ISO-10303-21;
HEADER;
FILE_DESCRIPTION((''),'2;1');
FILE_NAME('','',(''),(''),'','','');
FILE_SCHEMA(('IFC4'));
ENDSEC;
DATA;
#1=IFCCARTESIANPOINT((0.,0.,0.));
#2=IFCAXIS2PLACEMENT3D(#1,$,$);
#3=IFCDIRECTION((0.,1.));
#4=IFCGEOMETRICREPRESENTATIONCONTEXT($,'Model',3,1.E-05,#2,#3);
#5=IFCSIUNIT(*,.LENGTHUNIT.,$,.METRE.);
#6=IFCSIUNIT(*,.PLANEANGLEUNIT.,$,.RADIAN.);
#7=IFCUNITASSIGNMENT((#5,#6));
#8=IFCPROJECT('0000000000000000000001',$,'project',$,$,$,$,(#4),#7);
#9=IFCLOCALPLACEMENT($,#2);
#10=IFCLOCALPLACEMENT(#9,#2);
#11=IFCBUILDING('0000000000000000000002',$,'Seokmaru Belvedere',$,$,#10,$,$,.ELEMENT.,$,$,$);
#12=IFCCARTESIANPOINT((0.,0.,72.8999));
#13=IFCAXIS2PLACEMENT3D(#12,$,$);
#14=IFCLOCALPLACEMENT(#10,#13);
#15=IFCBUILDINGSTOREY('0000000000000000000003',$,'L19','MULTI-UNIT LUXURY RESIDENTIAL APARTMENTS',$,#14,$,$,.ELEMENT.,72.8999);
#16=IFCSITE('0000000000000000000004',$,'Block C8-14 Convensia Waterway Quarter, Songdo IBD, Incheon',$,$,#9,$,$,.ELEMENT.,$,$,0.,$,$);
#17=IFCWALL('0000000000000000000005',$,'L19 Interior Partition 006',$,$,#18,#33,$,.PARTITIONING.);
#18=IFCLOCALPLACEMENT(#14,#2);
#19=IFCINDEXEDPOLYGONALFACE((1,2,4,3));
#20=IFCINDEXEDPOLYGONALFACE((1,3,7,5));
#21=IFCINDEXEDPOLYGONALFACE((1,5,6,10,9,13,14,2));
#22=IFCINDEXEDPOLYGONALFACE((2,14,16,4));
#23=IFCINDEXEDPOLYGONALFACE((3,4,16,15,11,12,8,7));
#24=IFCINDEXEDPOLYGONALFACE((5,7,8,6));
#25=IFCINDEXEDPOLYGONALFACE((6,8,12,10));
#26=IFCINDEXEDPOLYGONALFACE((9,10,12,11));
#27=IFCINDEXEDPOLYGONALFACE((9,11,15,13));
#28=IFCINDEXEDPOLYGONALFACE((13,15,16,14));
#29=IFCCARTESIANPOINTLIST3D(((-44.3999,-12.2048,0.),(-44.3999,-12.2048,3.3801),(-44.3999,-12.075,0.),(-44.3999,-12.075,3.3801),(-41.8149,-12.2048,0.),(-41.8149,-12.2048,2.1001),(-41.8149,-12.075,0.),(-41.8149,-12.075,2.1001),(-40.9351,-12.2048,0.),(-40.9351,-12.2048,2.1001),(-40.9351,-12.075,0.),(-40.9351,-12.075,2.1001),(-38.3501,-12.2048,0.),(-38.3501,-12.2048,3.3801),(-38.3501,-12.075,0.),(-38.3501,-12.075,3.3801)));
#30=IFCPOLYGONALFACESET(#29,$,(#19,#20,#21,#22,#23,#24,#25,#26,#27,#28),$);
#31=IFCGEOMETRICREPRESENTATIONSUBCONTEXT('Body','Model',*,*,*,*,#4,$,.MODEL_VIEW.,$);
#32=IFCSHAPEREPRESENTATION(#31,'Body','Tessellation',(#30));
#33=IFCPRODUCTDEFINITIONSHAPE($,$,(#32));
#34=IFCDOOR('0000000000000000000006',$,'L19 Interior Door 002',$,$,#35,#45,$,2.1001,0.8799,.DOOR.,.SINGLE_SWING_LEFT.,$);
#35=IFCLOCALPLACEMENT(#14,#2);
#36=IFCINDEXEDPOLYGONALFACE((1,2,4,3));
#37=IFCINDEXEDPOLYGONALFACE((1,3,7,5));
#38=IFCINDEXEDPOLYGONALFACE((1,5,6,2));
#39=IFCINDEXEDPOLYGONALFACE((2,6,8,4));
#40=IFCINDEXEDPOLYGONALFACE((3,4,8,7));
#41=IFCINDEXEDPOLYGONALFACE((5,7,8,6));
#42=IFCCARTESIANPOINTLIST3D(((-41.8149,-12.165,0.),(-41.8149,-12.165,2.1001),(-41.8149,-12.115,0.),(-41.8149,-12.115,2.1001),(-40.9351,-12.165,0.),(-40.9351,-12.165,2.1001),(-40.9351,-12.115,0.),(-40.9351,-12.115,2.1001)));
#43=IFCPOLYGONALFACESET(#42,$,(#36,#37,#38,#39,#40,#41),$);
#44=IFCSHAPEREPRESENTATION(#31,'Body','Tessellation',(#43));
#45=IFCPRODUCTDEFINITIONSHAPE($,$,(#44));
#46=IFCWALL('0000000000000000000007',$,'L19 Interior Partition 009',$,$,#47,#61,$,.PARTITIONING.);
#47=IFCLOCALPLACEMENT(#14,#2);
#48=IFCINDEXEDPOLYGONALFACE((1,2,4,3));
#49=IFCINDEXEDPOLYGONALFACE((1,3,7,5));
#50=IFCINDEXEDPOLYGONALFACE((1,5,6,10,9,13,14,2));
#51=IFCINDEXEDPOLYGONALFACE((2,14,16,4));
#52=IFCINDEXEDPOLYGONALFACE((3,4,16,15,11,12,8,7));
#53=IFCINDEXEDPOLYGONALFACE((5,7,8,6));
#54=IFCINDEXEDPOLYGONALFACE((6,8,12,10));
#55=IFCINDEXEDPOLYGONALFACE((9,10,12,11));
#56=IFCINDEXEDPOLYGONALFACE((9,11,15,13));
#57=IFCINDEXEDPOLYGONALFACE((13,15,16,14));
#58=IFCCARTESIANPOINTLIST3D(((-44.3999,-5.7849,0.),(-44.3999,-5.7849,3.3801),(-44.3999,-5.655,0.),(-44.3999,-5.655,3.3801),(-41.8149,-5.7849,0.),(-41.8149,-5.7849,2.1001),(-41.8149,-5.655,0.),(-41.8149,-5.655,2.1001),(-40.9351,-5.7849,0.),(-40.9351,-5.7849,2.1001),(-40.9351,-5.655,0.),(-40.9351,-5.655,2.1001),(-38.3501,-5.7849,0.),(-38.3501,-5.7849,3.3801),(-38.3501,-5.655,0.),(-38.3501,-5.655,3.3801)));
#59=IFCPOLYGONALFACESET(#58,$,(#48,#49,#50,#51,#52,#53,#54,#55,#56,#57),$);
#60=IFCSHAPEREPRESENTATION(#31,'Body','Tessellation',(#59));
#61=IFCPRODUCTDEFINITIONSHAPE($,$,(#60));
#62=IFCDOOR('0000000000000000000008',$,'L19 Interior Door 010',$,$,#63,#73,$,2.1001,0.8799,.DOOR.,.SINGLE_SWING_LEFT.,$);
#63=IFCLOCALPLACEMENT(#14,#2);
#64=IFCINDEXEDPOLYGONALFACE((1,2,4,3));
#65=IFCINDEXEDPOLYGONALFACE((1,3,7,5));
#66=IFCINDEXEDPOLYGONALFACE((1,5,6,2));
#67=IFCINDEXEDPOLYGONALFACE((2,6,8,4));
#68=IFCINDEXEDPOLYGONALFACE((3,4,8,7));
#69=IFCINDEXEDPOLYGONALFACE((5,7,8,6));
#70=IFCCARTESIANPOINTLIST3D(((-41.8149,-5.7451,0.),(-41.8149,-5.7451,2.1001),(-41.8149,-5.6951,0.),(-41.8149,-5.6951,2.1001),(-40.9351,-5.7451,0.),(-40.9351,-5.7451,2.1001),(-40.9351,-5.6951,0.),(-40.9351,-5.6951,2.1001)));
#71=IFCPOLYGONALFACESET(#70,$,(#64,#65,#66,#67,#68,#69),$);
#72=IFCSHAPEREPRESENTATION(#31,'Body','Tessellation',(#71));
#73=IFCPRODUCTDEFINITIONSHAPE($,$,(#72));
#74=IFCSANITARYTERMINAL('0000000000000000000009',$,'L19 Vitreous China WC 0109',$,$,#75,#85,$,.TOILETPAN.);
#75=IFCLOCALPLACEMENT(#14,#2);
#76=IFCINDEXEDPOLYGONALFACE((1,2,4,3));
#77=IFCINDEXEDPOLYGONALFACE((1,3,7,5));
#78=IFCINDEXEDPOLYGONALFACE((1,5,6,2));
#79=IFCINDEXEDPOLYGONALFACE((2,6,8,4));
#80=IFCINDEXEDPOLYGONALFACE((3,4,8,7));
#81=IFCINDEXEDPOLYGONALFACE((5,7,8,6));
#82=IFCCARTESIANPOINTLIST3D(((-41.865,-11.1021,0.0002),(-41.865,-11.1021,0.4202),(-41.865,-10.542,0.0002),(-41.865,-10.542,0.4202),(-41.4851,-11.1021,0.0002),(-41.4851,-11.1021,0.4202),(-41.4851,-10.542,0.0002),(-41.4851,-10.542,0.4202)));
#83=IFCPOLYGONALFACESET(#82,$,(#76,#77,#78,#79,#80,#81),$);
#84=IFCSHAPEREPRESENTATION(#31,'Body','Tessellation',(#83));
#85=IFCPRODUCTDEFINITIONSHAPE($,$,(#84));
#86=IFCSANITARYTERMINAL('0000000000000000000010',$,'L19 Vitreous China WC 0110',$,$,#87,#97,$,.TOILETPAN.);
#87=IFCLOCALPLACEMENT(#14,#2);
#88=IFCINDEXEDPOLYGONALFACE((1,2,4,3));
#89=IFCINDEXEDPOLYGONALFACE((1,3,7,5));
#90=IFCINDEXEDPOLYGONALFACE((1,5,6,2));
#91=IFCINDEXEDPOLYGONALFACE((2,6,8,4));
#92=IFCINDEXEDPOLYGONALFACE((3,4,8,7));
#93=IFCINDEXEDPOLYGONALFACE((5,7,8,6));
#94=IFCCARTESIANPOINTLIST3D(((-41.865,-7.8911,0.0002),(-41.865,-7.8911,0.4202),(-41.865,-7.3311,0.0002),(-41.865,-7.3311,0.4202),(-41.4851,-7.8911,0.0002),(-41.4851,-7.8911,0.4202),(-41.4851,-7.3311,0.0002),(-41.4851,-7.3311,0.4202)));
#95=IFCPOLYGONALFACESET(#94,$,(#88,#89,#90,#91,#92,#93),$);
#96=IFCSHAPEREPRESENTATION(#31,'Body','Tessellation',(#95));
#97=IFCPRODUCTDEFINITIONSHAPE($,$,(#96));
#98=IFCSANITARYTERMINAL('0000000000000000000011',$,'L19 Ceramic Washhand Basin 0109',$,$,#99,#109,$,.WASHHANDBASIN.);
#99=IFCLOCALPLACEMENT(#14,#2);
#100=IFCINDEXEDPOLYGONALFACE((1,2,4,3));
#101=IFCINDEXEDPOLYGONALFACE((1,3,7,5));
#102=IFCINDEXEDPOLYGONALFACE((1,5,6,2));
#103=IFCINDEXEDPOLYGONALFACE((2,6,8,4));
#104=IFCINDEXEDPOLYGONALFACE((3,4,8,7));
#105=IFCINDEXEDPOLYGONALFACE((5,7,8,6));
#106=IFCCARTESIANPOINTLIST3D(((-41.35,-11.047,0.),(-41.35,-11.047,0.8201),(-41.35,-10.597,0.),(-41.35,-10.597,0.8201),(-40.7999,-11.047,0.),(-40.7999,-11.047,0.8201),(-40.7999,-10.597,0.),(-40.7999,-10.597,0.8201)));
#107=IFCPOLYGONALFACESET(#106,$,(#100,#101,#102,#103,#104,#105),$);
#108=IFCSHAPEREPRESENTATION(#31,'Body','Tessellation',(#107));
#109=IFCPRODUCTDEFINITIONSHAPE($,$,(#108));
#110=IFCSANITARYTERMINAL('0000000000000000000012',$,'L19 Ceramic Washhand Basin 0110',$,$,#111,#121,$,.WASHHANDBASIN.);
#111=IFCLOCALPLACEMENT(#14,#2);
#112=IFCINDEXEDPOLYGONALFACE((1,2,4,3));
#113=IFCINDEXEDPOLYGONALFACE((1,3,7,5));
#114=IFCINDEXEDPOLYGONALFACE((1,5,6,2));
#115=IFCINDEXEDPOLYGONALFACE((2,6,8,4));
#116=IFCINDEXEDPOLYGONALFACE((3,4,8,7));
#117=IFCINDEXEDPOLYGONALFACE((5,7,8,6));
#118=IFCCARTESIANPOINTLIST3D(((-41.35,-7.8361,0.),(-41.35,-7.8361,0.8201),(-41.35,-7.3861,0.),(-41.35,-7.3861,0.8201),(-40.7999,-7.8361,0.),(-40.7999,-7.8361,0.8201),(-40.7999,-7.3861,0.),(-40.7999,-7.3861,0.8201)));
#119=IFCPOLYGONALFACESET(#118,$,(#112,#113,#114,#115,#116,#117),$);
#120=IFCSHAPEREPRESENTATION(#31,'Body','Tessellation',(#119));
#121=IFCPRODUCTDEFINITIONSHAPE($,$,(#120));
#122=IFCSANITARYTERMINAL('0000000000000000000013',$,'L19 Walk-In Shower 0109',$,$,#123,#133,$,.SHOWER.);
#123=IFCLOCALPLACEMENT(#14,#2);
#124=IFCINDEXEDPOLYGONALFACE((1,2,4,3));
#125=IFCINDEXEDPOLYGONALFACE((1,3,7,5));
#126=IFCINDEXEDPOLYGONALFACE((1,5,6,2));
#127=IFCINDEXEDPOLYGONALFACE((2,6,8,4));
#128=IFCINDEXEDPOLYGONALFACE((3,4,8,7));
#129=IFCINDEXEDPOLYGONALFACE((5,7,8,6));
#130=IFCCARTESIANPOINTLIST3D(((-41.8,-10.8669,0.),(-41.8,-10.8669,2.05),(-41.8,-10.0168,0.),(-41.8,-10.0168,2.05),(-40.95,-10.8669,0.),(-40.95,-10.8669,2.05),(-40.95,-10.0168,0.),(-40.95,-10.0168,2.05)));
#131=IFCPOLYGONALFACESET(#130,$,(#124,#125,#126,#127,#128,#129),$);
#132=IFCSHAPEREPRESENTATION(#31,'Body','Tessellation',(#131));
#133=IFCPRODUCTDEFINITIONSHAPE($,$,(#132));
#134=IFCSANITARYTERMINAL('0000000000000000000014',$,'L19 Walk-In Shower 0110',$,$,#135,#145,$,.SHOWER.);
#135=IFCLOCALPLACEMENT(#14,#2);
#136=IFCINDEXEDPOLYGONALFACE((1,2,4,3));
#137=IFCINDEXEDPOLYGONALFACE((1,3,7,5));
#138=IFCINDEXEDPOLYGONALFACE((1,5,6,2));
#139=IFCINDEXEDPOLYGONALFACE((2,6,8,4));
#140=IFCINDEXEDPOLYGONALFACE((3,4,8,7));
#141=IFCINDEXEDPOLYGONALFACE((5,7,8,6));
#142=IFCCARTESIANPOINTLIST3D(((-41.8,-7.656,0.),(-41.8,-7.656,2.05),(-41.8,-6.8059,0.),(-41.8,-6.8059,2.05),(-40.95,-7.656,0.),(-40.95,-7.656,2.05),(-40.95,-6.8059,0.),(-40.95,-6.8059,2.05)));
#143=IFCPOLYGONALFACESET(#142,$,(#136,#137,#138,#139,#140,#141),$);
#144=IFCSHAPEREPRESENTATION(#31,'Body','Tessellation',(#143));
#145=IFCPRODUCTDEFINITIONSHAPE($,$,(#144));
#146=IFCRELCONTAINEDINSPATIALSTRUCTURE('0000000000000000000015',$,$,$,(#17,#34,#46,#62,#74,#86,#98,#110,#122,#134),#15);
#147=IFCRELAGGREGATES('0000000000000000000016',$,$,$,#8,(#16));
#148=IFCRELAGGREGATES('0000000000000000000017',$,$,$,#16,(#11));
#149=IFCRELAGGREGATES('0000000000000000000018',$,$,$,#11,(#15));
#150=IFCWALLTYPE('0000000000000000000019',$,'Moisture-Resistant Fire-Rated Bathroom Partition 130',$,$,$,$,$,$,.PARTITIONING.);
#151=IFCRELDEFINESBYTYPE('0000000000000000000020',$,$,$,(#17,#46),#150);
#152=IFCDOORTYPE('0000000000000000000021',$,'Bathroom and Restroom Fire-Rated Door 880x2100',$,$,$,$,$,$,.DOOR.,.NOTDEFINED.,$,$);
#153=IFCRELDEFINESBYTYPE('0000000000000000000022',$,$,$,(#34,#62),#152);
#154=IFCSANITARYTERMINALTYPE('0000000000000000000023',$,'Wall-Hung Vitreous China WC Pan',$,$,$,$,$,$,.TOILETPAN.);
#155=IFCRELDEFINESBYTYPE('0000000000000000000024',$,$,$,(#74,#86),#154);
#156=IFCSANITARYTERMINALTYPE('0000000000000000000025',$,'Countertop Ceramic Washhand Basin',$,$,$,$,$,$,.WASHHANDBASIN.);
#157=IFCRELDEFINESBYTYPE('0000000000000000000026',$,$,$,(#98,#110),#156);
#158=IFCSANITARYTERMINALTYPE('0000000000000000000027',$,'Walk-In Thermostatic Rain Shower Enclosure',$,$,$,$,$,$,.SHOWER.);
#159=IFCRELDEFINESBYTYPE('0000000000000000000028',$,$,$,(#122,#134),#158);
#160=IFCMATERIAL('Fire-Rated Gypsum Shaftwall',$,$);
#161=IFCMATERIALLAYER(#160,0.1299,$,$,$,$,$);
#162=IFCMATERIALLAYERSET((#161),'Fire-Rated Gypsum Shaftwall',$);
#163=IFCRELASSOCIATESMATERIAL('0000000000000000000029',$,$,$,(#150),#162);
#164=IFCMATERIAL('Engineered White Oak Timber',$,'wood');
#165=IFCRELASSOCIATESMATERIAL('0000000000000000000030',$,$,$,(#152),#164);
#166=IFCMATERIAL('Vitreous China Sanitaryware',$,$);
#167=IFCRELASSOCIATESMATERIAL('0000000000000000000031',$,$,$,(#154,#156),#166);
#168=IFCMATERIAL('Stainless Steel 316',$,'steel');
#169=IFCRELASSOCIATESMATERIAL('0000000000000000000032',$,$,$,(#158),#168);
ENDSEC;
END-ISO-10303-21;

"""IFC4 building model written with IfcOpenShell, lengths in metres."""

from ifc_helpers import new_model, si_unit, direction, frame, frame_2d, origin, origin_2d, place, context, subcontext, project, spatial, rectangle, extrude, source, transform, mapped, material, layer, layer_set, type_object, type_shapes, element, fill, save


model = new_model("IFC4")

# Units and contexts
model_context = context("Model", 3, precision=1e-05, world=origin(), true_north=direction((0.0, 1.0)))
body_context = subcontext(model_context, "Body", "Model", "MODEL_VIEW")
ifc_project = project(units=[si_unit("LENGTHUNIT", "METRE"), si_unit("PLANEANGLEUNIT", "RADIAN")], contexts=[model_context])

# Site, building, storey
site_placement = place(None, origin())
site = spatial("IfcSite", under=ifc_project, at=site_placement, Name="Block C8-14 Convensia Waterway Quarter, Songdo IBD, Incheon", CompositionType="ELEMENT", RefElevation=0.0)
building_placement = place(site_placement, origin())
building = spatial("IfcBuilding", under=site, at=building_placement, Name="Seokmaru Belvedere", CompositionType="ELEMENT")
storey_placement = place(building_placement, frame((0.0, 0.0, 72.8999)))
storey = spatial("IfcBuildingStorey", under=building, at=storey_placement, Name="L19", Description="MULTI-UNIT LUXURY RESIDENTIAL APARTMENTS", CompositionType="ELEMENT", Elevation=72.8999)

# Walls, openings, doors
ifc_material_1 = material(Name="Fire-Rated Gypsum Shaftwall")
ifc_layer = layer(ifc_material_1, 0.1299)
ifc_layer_set = layer_set([ifc_layer], Name="Fire-Rated Gypsum Shaftwall")
wall_type = type_object("IfcWallType", Name="Moisture-Resistant Fire-Rated Bathroom Partition 130", PredefinedType="PARTITIONING", material=ifc_layer_set)
wall_1_placement = place(storey_placement, frame((-44.3999, -12.1399, 0.0), z_axis=(0.0, 0.0, 1.0), x_axis=(1.0, 0.0, 0.0)))
wall_1 = element("IfcWall", 1, at=wall_1_placement, inside=storey, type_object=wall_type, Name="L19 Interior Partition 006", PredefinedType="PARTITIONING", context=body_context, shape_type="SweptSolid", body=[
    extrude(rectangle(XDim=6.0498, YDim=0.1299, at=frame_2d((3.0249, 0.0))), origin(), (0.0, 0.0, 1.0), 3.3801),
])
opening_1_placement = place(wall_1_placement, frame((2.585, 0.0, 0.0)))
opening_1 = element("IfcOpeningElement", 2, at=opening_1_placement, cuts=wall_1, PredefinedType="OPENING", context=body_context, shape_type="SweptSolid", body=[
    extrude(rectangle(XDim=0.8799, YDim=2.1001, at=frame_2d((0.4399, 1.05))), frame((0.0, 0.075, 0.0), z_axis=(0.0, -1.0, 0.0), x_axis=(1.0, 0.0, 0.0)), (0.0, 0.0, 1.0), 0.1499),
])
ifc_material_2 = material(Name="Engineered White Oak Timber", Category="wood")
door_type = type_object("IfcDoorType", Name="Bathroom and Restroom Fire-Rated Door 880x2100", OperationType="NOTDEFINED", PredefinedType="DOOR", material=ifc_material_2)
shared_shape_1 = source(origin(), body_context, "Body", "SweptSolid", [
    extrude(rectangle(XDim=0.8799, YDim=2.1001, at=frame_2d((0.4399, 1.05))), frame((0.0, 0.0249, 0.0), z_axis=(0.0, -1.0, 0.0), x_axis=(1.0, 0.0, 0.0)), (0.0, 0.0, 1.0), 0.05),
])
type_shapes(door_type, [shared_shape_1])
door_1_placement = place(opening_1_placement, origin())
door_1 = element("IfcDoor", 3, at=door_1_placement, inside=storey, type_object=door_type, Name="L19 Interior Door 002", OperationType="SINGLE_SWING_LEFT", OverallHeight=2.1001, OverallWidth=0.8799, PredefinedType="DOOR", context=body_context, shape_type="MappedRepresentation", body=[
    mapped(shared_shape_1, transform((0.0, 0.0, 0.0), scale=1.0)),
])
fill(opening_1, door_1)
wall_2_placement = place(storey_placement, frame((-44.3999, -5.72, 0.0), z_axis=(0.0, 0.0, 1.0), x_axis=(1.0, 0.0, 0.0)))
wall_2 = element("IfcWall", 4, at=wall_2_placement, inside=storey, type_object=wall_type, Name="L19 Interior Partition 009", PredefinedType="PARTITIONING", context=body_context, shape_type="SweptSolid", body=[
    extrude(rectangle(XDim=6.0498, YDim=0.1299, at=frame_2d((3.0249, 0.0))), origin(), (0.0, 0.0, 1.0), 3.3801),
])
opening_2_placement = place(wall_2_placement, frame((2.585, 0.0, 0.0)))
opening_2 = element("IfcOpeningElement", 5, at=opening_2_placement, cuts=wall_2, PredefinedType="OPENING", context=body_context, shape_type="SweptSolid", body=[
    extrude(rectangle(XDim=0.8799, YDim=2.1001, at=frame_2d((0.4399, 1.05))), frame((0.0, 0.075, 0.0), z_axis=(0.0, -1.0, 0.0), x_axis=(1.0, 0.0, 0.0)), (0.0, 0.0, 1.0), 0.1499),
])
door_2_placement = place(opening_2_placement, origin())
door_2 = element("IfcDoor", 6, at=door_2_placement, inside=storey, type_object=door_type, Name="L19 Interior Door 010", OperationType="SINGLE_SWING_LEFT", OverallHeight=2.1001, OverallWidth=0.8799, PredefinedType="DOOR", context=body_context, shape_type="MappedRepresentation", body=[
    mapped(shared_shape_1, transform((0.0, 0.0, 0.0), scale=1.0)),
])
fill(opening_2, door_2)

# Sanitary terminals
ifc_material_3 = material(Name="Vitreous China Sanitaryware")
sanitary_terminal_type_1 = type_object("IfcSanitaryTerminalType", Name="Wall-Hung Vitreous China WC Pan", PredefinedType="TOILETPAN", material=ifc_material_3)
shared_shape_2 = source(origin(), body_context, "Body", "SweptSolid", [
    extrude(rectangle(XDim=0.3799, YDim=0.5601, at=origin_2d()), origin(), (0.0, 0.0, 1.0), 0.4199),
])
type_shapes(sanitary_terminal_type_1, [shared_shape_2])
for number, where, z_axis, x_axis, name in (
    (7, (-41.675, -10.822, 0.0002), (0.0, 0.0, 1.0), (1.0, 0.0, 0.0), "L19 Vitreous China WC 0109"),
    (8, (-41.675, -7.6111, 0.0002), (0.0, 0.0, 1.0), (1.0, 0.0, 0.0), "L19 Vitreous China WC 0110"),
):
    element("IfcSanitaryTerminal", number, at=place(storey_placement, frame(where, z_axis=z_axis, x_axis=x_axis)), inside=storey, type_object=sanitary_terminal_type_1, Name=name, PredefinedType="TOILETPAN", context=body_context, shape_type="MappedRepresentation", body=[
        mapped(shared_shape_2, transform((0.0, 0.0, 0.0), scale=1.0)),
    ])
sanitary_terminal_type_2 = type_object("IfcSanitaryTerminalType", Name="Countertop Ceramic Washhand Basin", PredefinedType="WASHHANDBASIN", material=ifc_material_3)
shared_shape_3 = source(origin(), body_context, "Body", "SweptSolid", [
    extrude(rectangle(XDim=0.55, YDim=0.45, at=origin_2d()), origin(), (0.0, 0.0, 1.0), 0.8201),
])
type_shapes(sanitary_terminal_type_2, [shared_shape_3])
for number, where, z_axis, x_axis, name in (
    (9, (-41.075, -10.822, 0.0), (0.0, 0.0, 1.0), (1.0, 0.0, 0.0), "L19 Ceramic Washhand Basin 0109"),
    (10, (-41.075, -7.6111, 0.0), (0.0, 0.0, 1.0), (1.0, 0.0, 0.0), "L19 Ceramic Washhand Basin 0110"),
):
    element("IfcSanitaryTerminal", number, at=place(storey_placement, frame(where, z_axis=z_axis, x_axis=x_axis)), inside=storey, type_object=sanitary_terminal_type_2, Name=name, PredefinedType="WASHHANDBASIN", context=body_context, shape_type="MappedRepresentation", body=[
        mapped(shared_shape_3, transform((0.0, 0.0, 0.0), scale=1.0)),
    ])
ifc_material_4 = material(Name="Stainless Steel 316", Category="steel")
sanitary_terminal_type_3 = type_object("IfcSanitaryTerminalType", Name="Walk-In Thermostatic Rain Shower Enclosure", PredefinedType="SHOWER", material=ifc_material_4)
shared_shape_4 = source(origin(), body_context, "Body", "SweptSolid", [
    extrude(rectangle(XDim=0.8501, YDim=0.8501, at=origin_2d()), origin(), (0.0, 0.0, 1.0), 2.05),
])
type_shapes(sanitary_terminal_type_3, [shared_shape_4])
for number, where, z_axis, x_axis, name in (
    (11, (-41.375, -10.4419, 0.0), (0.0, 0.0, 1.0), (1.0, 0.0, 0.0), "L19 Walk-In Shower 0109"),
    (12, (-41.375, -7.231, 0.0), (0.0, 0.0, 1.0), (1.0, 0.0, 0.0), "L19 Walk-In Shower 0110"),
):
    element("IfcSanitaryTerminal", number, at=place(storey_placement, frame(where, z_axis=z_axis, x_axis=x_axis)), inside=storey, type_object=sanitary_terminal_type_3, Name=name, PredefinedType="SHOWER", context=body_context, shape_type="MappedRepresentation", body=[
        mapped(shared_shape_4, transform((0.0, 0.0, 0.0), scale=1.0)),
    ])

save(model, "model.ifc")
